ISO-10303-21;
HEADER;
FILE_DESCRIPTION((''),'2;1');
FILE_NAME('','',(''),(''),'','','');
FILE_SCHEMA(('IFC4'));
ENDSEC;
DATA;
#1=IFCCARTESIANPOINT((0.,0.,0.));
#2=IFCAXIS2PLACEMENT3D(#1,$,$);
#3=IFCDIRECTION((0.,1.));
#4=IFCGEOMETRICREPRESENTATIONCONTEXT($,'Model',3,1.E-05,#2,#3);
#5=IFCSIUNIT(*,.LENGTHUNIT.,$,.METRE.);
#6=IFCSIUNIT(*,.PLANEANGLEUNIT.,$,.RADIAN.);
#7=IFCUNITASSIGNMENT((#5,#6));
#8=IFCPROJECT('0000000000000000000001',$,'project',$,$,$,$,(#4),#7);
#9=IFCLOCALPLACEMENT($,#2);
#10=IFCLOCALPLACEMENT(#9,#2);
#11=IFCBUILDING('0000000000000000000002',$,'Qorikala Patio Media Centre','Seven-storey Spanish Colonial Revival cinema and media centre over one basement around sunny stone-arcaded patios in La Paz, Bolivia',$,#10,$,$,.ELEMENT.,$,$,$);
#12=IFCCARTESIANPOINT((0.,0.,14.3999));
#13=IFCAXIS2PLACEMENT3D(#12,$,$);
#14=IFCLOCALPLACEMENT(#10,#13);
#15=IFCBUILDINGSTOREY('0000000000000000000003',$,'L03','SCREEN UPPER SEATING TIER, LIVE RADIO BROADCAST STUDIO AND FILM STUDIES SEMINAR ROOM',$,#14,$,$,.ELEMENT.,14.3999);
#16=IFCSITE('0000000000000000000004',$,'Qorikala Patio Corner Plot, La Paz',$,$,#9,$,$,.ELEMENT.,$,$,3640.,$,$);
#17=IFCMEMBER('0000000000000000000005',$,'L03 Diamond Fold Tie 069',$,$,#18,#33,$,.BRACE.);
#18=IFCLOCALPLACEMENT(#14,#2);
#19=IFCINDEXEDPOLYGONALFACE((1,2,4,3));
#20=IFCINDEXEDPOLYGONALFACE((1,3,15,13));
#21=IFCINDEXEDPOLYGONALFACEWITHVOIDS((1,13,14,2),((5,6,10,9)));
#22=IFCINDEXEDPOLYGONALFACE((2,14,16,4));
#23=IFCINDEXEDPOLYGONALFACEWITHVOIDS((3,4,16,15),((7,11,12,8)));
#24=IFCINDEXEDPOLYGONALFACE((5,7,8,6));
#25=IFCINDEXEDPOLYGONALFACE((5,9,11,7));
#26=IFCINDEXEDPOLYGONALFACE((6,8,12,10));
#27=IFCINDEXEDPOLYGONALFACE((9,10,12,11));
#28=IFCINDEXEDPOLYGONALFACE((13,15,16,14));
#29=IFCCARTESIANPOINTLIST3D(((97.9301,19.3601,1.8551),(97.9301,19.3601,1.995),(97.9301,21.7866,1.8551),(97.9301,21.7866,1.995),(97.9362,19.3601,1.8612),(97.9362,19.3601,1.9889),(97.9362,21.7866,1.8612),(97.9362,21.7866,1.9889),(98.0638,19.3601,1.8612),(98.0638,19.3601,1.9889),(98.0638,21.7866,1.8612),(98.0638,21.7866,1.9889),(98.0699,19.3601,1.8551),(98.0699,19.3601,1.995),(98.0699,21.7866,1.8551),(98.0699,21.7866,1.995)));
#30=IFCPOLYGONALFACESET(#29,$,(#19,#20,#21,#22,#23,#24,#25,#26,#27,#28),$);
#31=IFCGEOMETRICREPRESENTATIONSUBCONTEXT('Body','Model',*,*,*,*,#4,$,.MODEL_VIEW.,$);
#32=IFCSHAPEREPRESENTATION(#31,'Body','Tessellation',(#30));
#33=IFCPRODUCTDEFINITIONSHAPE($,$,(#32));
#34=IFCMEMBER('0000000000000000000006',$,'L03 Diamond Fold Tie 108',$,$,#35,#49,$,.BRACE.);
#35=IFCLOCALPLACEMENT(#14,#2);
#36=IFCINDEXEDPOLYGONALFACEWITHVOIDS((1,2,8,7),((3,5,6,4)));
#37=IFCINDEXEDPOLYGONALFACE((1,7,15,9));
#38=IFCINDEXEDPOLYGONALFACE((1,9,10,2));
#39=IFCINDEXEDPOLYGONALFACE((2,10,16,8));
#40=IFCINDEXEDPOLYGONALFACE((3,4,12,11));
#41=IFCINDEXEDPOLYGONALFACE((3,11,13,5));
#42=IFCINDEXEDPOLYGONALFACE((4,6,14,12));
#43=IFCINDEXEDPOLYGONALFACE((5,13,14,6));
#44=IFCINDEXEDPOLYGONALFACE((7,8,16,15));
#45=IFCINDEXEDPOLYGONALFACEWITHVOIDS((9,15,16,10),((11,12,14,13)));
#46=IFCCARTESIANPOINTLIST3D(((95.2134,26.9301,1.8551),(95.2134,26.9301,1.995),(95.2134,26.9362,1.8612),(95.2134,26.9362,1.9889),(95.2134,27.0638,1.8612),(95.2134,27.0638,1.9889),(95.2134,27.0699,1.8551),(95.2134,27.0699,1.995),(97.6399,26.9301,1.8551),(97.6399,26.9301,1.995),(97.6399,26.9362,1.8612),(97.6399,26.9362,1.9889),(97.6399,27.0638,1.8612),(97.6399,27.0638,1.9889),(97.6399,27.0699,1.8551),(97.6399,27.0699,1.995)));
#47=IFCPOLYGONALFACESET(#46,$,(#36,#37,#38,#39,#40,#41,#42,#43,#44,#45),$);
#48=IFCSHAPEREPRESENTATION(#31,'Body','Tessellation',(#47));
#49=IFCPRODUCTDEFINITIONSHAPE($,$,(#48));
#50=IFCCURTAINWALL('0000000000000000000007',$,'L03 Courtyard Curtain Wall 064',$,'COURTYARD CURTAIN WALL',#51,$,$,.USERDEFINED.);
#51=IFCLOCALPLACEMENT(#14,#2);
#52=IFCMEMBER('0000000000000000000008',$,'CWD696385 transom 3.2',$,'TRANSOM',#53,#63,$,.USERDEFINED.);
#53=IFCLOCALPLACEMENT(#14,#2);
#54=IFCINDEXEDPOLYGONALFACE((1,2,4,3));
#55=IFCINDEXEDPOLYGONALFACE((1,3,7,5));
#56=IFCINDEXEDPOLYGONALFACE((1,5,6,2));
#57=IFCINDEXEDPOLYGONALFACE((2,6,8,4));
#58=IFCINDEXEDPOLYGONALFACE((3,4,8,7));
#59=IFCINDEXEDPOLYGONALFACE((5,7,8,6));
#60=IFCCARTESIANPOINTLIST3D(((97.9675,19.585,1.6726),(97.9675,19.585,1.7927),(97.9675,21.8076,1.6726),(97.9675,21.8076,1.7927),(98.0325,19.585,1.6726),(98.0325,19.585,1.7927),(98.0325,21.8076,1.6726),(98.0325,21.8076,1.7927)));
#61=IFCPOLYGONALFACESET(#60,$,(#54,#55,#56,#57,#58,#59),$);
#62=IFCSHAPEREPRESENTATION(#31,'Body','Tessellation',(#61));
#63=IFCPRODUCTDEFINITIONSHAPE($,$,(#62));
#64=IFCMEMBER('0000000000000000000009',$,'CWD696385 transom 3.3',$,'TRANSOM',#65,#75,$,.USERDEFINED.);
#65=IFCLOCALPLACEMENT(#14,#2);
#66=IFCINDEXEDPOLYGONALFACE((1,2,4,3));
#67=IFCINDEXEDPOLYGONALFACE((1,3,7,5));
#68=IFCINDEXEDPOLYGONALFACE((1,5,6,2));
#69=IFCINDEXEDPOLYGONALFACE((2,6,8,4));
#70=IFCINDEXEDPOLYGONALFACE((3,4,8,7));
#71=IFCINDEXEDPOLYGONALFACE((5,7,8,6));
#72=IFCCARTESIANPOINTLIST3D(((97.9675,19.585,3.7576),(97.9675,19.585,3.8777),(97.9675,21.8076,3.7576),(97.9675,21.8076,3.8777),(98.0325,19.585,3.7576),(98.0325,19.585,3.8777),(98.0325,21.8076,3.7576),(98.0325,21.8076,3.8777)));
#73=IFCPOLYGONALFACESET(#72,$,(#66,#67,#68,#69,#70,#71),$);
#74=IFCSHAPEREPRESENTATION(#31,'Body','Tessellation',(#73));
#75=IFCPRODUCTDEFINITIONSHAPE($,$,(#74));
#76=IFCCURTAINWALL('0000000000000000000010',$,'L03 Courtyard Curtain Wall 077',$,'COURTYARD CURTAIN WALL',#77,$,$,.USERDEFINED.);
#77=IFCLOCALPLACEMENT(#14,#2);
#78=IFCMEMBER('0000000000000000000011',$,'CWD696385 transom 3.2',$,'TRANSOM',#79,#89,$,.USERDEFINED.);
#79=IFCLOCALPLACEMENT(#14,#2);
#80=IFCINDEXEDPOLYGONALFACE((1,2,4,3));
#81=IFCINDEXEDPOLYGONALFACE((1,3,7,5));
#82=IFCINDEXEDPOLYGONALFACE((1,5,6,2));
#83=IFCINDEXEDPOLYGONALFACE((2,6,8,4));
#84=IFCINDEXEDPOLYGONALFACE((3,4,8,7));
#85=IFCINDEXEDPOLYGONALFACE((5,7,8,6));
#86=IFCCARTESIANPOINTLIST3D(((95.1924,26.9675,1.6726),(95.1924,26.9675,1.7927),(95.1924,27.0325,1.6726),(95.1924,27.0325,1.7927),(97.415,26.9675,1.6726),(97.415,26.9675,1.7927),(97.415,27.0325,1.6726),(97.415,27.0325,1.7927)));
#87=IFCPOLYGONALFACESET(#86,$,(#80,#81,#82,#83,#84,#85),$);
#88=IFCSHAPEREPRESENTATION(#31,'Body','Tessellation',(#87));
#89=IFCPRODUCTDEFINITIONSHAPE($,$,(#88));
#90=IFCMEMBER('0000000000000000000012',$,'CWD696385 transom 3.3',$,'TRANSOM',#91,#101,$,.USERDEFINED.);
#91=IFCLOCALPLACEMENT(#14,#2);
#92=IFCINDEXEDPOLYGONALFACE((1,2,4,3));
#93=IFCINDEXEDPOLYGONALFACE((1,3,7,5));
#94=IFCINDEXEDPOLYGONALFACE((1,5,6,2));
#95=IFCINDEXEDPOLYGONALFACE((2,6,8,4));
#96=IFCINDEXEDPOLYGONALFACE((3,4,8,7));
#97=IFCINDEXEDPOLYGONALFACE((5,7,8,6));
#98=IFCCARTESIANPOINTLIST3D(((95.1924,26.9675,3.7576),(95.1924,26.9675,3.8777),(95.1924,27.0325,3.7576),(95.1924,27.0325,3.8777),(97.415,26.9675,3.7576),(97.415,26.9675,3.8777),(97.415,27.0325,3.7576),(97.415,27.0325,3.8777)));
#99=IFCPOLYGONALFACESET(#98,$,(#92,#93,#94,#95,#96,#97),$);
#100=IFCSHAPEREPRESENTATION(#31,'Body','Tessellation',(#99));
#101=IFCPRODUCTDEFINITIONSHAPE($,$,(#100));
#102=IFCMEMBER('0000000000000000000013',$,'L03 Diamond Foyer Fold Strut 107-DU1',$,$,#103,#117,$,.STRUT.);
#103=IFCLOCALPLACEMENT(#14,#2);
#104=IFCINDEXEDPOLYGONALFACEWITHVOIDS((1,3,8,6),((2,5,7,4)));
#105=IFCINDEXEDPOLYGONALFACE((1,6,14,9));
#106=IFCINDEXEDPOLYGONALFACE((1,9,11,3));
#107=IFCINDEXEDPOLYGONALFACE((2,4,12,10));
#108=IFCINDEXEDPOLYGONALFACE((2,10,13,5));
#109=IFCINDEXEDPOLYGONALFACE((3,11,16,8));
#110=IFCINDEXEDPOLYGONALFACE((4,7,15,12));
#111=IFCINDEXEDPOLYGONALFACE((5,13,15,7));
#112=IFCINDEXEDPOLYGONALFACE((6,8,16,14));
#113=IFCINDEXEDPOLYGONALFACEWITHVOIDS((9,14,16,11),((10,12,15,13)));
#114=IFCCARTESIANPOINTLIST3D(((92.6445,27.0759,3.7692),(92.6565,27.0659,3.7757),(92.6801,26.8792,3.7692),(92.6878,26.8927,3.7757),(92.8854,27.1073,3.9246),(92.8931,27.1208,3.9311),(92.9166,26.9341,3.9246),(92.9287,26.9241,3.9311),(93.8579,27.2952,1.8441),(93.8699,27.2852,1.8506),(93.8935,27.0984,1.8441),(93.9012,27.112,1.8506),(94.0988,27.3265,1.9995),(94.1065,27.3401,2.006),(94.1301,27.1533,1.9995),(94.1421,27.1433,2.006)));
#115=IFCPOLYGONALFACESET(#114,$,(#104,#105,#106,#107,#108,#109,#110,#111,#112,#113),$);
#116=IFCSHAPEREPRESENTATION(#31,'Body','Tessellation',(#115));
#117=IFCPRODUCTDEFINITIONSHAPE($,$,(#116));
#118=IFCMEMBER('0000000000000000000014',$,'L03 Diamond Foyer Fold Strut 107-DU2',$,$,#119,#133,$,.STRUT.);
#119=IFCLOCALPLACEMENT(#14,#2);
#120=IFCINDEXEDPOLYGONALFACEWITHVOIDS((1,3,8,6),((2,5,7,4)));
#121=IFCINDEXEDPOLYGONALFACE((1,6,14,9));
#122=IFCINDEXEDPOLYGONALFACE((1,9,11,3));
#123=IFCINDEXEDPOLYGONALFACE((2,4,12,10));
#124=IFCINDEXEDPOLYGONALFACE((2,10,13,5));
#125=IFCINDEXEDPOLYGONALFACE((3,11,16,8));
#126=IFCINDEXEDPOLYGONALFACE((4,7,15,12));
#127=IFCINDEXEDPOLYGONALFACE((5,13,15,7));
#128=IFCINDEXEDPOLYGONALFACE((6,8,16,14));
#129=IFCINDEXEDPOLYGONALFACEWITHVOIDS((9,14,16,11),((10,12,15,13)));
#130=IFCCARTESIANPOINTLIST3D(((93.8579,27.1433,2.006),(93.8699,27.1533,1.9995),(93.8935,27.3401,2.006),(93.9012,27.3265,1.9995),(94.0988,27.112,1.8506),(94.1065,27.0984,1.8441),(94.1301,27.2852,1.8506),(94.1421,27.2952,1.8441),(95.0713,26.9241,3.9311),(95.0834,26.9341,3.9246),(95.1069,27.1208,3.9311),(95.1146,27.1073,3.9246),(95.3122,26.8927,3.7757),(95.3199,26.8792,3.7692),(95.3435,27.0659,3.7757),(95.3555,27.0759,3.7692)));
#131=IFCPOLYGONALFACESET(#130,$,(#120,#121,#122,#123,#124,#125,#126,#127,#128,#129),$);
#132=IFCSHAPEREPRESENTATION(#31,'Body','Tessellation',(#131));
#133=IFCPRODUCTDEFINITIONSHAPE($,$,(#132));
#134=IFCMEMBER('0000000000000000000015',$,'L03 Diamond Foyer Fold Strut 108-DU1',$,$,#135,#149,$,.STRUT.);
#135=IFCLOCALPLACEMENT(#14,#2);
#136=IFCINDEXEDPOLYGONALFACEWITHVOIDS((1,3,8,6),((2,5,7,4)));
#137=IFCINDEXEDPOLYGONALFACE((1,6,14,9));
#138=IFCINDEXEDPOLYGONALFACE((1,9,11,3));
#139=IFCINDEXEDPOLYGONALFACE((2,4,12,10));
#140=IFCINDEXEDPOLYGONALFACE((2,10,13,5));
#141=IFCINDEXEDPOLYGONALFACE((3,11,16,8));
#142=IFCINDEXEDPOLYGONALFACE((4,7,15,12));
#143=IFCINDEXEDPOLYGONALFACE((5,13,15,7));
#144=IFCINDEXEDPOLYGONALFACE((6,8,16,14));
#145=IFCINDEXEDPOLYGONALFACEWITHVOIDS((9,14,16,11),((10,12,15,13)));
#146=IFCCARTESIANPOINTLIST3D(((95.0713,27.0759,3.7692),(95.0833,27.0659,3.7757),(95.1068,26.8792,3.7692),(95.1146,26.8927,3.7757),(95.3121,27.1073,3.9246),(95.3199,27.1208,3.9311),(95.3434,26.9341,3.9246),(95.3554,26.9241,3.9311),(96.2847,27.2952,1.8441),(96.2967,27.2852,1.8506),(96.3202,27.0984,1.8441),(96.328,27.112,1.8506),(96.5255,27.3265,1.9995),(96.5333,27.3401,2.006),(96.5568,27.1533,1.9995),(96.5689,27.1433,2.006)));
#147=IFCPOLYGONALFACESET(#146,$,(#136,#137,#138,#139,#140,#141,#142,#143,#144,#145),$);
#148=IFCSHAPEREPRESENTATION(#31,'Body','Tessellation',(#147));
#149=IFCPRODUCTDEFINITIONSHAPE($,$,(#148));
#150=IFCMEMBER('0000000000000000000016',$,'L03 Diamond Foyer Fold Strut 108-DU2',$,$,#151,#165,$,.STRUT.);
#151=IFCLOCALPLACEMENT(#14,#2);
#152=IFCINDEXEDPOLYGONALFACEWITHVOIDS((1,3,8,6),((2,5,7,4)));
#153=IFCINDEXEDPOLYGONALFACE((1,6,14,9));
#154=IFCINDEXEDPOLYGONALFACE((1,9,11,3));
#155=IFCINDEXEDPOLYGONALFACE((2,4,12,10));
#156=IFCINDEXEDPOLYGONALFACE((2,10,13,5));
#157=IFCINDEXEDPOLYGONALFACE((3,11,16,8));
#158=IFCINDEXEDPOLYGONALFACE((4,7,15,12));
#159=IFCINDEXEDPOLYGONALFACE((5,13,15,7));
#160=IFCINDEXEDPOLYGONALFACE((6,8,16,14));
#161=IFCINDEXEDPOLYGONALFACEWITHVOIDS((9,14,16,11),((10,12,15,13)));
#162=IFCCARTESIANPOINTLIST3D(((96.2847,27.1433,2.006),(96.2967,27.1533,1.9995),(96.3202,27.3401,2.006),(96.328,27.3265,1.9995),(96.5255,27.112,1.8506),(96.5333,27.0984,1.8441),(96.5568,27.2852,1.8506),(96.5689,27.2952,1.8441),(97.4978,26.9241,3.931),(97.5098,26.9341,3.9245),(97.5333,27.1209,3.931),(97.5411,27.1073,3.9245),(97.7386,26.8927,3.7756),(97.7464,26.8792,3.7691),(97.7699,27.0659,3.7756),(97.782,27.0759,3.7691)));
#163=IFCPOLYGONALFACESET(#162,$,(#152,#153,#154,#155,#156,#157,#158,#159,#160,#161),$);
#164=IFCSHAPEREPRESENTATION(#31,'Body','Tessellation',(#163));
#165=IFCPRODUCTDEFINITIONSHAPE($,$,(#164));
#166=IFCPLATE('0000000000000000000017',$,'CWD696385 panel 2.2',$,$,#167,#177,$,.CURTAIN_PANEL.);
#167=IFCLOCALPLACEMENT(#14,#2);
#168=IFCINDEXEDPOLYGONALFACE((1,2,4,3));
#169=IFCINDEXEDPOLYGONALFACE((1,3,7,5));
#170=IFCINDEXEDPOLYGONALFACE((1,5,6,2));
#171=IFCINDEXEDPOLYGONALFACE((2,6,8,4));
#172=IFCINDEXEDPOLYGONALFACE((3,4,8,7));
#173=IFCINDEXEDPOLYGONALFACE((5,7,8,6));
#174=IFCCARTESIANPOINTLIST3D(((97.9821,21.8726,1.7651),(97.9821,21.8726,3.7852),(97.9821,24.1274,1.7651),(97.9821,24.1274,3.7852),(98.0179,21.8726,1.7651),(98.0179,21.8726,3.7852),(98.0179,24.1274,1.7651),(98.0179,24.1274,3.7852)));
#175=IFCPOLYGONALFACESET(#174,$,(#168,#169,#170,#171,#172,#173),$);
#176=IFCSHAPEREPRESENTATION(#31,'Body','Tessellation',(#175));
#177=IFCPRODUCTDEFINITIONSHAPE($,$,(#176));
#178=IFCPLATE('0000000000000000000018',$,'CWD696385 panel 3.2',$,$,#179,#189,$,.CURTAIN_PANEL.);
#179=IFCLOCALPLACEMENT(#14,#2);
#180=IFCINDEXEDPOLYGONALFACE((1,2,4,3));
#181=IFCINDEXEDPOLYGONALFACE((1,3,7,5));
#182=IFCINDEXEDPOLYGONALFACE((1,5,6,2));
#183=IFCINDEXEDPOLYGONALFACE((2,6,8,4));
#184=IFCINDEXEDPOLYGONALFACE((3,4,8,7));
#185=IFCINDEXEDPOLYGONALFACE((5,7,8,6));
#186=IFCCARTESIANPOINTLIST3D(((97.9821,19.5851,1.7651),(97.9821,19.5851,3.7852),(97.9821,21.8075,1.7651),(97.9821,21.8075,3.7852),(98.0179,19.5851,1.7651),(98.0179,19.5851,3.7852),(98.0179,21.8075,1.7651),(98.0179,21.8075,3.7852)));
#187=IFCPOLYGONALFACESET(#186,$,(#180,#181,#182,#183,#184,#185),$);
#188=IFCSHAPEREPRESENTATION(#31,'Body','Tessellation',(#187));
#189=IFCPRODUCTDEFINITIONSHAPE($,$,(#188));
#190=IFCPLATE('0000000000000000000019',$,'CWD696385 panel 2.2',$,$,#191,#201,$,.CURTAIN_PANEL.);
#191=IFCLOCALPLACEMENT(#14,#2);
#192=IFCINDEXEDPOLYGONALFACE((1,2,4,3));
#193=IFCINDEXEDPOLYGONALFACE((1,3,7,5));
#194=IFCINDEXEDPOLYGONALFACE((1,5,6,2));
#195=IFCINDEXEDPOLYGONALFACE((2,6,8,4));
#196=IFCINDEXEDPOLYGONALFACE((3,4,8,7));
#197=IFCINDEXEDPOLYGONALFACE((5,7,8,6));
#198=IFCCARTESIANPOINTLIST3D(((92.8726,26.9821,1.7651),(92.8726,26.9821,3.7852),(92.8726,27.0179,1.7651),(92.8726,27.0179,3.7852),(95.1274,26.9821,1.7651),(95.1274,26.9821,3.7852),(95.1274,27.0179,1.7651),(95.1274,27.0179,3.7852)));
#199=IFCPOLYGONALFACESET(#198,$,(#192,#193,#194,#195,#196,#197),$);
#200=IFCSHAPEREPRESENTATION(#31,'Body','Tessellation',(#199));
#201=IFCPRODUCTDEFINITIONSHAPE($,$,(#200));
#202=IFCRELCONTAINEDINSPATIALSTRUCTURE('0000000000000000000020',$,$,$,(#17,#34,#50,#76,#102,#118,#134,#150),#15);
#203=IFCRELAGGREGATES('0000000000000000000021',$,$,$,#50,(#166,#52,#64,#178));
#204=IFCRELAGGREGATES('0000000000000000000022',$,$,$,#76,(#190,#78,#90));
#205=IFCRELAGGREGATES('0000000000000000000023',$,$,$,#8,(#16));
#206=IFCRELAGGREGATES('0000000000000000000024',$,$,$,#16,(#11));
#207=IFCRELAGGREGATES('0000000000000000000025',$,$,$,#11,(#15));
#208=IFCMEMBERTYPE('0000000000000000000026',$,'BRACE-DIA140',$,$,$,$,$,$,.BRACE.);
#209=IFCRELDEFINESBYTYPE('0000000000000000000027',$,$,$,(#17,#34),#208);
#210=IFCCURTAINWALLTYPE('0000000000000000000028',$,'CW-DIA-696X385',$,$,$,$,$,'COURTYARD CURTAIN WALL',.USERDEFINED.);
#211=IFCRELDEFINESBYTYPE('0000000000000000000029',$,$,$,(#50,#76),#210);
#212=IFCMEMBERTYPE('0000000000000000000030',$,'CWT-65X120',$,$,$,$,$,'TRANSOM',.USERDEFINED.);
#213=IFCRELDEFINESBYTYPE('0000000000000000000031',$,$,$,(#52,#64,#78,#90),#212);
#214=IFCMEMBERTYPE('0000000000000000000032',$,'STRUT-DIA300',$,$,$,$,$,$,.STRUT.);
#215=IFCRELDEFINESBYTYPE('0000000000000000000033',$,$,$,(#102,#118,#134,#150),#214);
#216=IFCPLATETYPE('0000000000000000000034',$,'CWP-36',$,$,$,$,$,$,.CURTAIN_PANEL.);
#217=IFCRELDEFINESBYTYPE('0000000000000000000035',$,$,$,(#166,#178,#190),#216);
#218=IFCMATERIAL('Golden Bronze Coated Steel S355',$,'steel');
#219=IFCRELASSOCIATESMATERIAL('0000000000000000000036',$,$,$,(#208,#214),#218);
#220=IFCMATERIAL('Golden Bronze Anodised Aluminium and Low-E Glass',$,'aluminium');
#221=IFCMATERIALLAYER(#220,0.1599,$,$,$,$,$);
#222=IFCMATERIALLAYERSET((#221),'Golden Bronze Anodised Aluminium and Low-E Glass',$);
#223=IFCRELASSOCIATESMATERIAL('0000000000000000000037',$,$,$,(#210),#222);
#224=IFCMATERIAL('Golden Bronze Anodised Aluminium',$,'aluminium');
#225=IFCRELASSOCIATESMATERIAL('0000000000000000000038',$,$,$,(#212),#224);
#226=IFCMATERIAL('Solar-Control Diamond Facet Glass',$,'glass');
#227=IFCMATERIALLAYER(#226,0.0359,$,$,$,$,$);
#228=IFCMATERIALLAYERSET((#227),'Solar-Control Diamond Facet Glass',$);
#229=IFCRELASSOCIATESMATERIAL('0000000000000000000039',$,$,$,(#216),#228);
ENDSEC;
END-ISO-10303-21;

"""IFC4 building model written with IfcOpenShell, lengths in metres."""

from ifc_helpers import new_model, si_unit, direction, frame, origin, origin_2d, place, context, subcontext, project, spatial, rectangle, hollow_rectangle, extrude, material, layer, layer_set, material_profile, profile_set, type_object, element, aggregate, save


model = new_model("IFC4")

# Units and contexts
model_context = context("Model", 3, precision=1e-05, world=origin(), true_north=direction((0.0, 1.0)))
body_context = subcontext(model_context, "Body", "Model", "MODEL_VIEW")
ifc_project = project(units=[si_unit("LENGTHUNIT", "METRE"), si_unit("PLANEANGLEUNIT", "RADIAN")], contexts=[model_context])

# Site, building, storey
site_placement = place(None, origin())
site = spatial("IfcSite", under=ifc_project, at=site_placement, Name="Qorikala Patio Corner Plot, La Paz", CompositionType="ELEMENT", RefElevation=3640.0)
building_placement = place(site_placement, origin())
building = spatial("IfcBuilding", under=site, at=building_placement, Name="Qorikala Patio Media Centre", Description="Seven-storey Spanish Colonial Revival cinema and media centre over one basement around sunny stone-arcaded patios in La Paz, Bolivia", CompositionType="ELEMENT")
storey_placement = place(building_placement, frame((0.0, 0.0, 14.3999)))
storey = spatial("IfcBuildingStorey", under=building, at=storey_placement, Name="L03", Description="SCREEN UPPER SEATING TIER, LIVE RADIO BROADCAST STUDIO AND FILM STUDIES SEMINAR ROOM", CompositionType="ELEMENT", Elevation=14.3999)

# Members
ifc_material_1 = material(Name="Golden Bronze Coated Steel S355", Category="steel")
ifc_material_profile_1 = material_profile(ifc_material_1, hollow_rectangle(XDim=0.1399, YDim=0.1399, WallThickness=0.0061, at=origin_2d()), Name="HSS140X140X6")
ifc_profile_set_1 = profile_set([ifc_material_profile_1], Name="Golden Bronze Coated Steel S355")
member_type_1 = type_object("IfcMemberType", Name="BRACE-DIA140", PredefinedType="BRACE", material=ifc_profile_set_1)
for number, where, z_axis, x_axis, name in (
    (1, (98.0, 21.7866, 1.925), (0.0, -1.0, 0.0), (1.0, 0.0, 0.0), "L03 Diamond Fold Tie 069"),
    (2, (95.2134, 27.0, 1.925), (1.0, 0.0, 0.0), (0.0, 1.0, 0.0), "L03 Diamond Fold Tie 108"),
):
    element("IfcMember", number, at=place(storey_placement, frame(where, z_axis=z_axis, x_axis=x_axis)), inside=storey, type_object=member_type_1, Name=name, PredefinedType="BRACE", context=body_context, shape_type="SweptSolid", body=[
        extrude(hollow_rectangle(XDim=0.1399, YDim=0.1399, WallThickness=0.0061, at=origin_2d()), origin(), (0.0, 0.0, 1.0), 2.4265),
    ])

# Curtain walls, members
ifc_material_2 = material(Name="Golden Bronze Anodised Aluminium and Low-E Glass", Category="aluminium")
ifc_layer_1 = layer(ifc_material_2, 0.1599)
ifc_layer_set_1 = layer_set([ifc_layer_1], Name="Golden Bronze Anodised Aluminium and Low-E Glass")
curtain_wall_type = type_object("IfcCurtainWallType", Name="CW-DIA-696X385", ElementType="COURTYARD CURTAIN WALL", PredefinedType="USERDEFINED", material=ifc_layer_set_1)
curtain_wall_1_placement = place(storey_placement, origin())
curtain_wall_1 = element("IfcCurtainWall", 3, at=curtain_wall_1_placement, inside=storey, type_object=curtain_wall_type, Name="L03 Courtyard Curtain Wall 064", ObjectType="COURTYARD CURTAIN WALL", PredefinedType="USERDEFINED")
ifc_material_3 = material(Name="Golden Bronze Anodised Aluminium", Category="aluminium")
ifc_material_profile_2 = material_profile(ifc_material_3, rectangle(XDim=0.0649, YDim=0.1201, at=origin_2d()), Name="ALU TRANSOM 65x120")
ifc_profile_set_2 = profile_set([ifc_material_profile_2], Name="Golden Bronze Anodised Aluminium")
member_type_2 = type_object("IfcMemberType", Name="CWT-65X120", ElementType="TRANSOM", PredefinedType="USERDEFINED", material=ifc_profile_set_2)
member_1_placement = place(storey_placement, frame((98.0, 21.8076, 1.7327), z_axis=(0.0, -1.0, 0.0), x_axis=(1.0, 0.0, 0.0)))
member_1 = element("IfcMember", 4, at=member_1_placement, type_object=member_type_2, Name="CWD696385 transom 3.2", ObjectType="TRANSOM", PredefinedType="USERDEFINED", context=body_context, shape_type="SweptSolid", body=[
    extrude(rectangle(XDim=0.0649, YDim=0.1201, at=origin_2d()), origin(), (0.0, 0.0, 1.0), 2.2227),
])
member_2_placement = place(storey_placement, frame((98.0, 21.8076, 3.8176), z_axis=(0.0, -1.0, 0.0), x_axis=(1.0, 0.0, 0.0)))
member_2 = element("IfcMember", 5, at=member_2_placement, type_object=member_type_2, Name="CWD696385 transom 3.3", ObjectType="TRANSOM", PredefinedType="USERDEFINED", context=body_context, shape_type="SweptSolid", body=[
    extrude(rectangle(XDim=0.0649, YDim=0.1201, at=origin_2d()), origin(), (0.0, 0.0, 1.0), 2.2227),
])
curtain_wall_2_placement = place(storey_placement, origin())
curtain_wall_2 = element("IfcCurtainWall", 6, at=curtain_wall_2_placement, inside=storey, type_object=curtain_wall_type, Name="L03 Courtyard Curtain Wall 077", ObjectType="COURTYARD CURTAIN WALL", PredefinedType="USERDEFINED")
member_3_placement = place(storey_placement, frame((95.1924, 27.0, 1.7327), z_axis=(1.0, 0.0, 0.0), x_axis=(0.0, 1.0, 0.0)))
member_3 = element("IfcMember", 7, at=member_3_placement, type_object=member_type_2, Name="CWD696385 transom 3.2", ObjectType="TRANSOM", PredefinedType="USERDEFINED", context=body_context, shape_type="SweptSolid", body=[
    extrude(rectangle(XDim=0.0649, YDim=0.1201, at=origin_2d()), origin(), (0.0, 0.0, 1.0), 2.2227),
])
member_4_placement = place(storey_placement, frame((95.1924, 27.0, 3.8176), z_axis=(1.0, 0.0, 0.0), x_axis=(0.0, 1.0, 0.0)))
member_4 = element("IfcMember", 8, at=member_4_placement, type_object=member_type_2, Name="CWD696385 transom 3.3", ObjectType="TRANSOM", PredefinedType="USERDEFINED", context=body_context, shape_type="SweptSolid", body=[
    extrude(rectangle(XDim=0.0649, YDim=0.1201, at=origin_2d()), origin(), (0.0, 0.0, 1.0), 2.2227),
])

# Members
ifc_material_profile_3 = material_profile(ifc_material_1, hollow_rectangle(XDim=0.2, YDim=0.3, WallThickness=0.012, at=origin_2d()), Name="HSS300X200X12")
ifc_profile_set_3 = profile_set([ifc_material_profile_3], Name="Golden Bronze Coated Steel S355")
member_type_3 = type_object("IfcMemberType", Name="STRUT-DIA300", PredefinedType="STRUT", material=ifc_profile_set_3)
for number, where, z_axis, x_axis, name in (
    (9, (94.0, 27.2192, 1.925), (-0.530768, -0.095901, 0.842074), (0.177805, -0.984066, 0.0), "L03 Diamond Foyer Fold Strut 107-DU1"),
    (10, (94.0, 27.2192, 1.925), (0.530768, -0.095901, 0.842074), (0.177805, 0.984066, 0.0), "L03 Diamond Foyer Fold Strut 107-DU2"),
    (11, (96.4268, 27.2192, 1.925), (-0.530768, -0.095901, 0.842074), (0.177805, -0.984066, 0.0), "L03 Diamond Foyer Fold Strut 108-DU1"),
):
    element("IfcMember", number, at=place(storey_placement, frame(where, z_axis=z_axis, x_axis=x_axis)), inside=storey, type_object=member_type_3, Name=name, PredefinedType="STRUT", context=body_context, shape_type="SweptSolid", body=[
        extrude(hollow_rectangle(XDim=0.2, YDim=0.3, WallThickness=0.012, at=origin_2d()), origin(), (0.0, 0.0, 1.0), 2.2861),
    ])
member_5_placement = place(storey_placement, frame((96.4268, 27.2192, 1.925), z_axis=(0.530691, -0.095907, 0.842121), x_axis=(0.17784, 0.984059, 0.0)))
element("IfcMember", 12, at=member_5_placement, inside=storey, type_object=member_type_3, Name="L03 Diamond Foyer Fold Strut 108-DU2", PredefinedType="STRUT", context=body_context, shape_type="SweptSolid", body=[
    extrude(hollow_rectangle(XDim=0.2, YDim=0.3, WallThickness=0.012, at=origin_2d()), origin(), (0.0, 0.0, 1.0), 2.2859),
])

# Plates
ifc_material_4 = material(Name="Solar-Control Diamond Facet Glass", Category="glass")
ifc_layer_2 = layer(ifc_material_4, 0.0359)
ifc_layer_set_2 = layer_set([ifc_layer_2], Name="Solar-Control Diamond Facet Glass")
plate_type_1 = type_object("IfcPlateType", Name="CWP-36", PredefinedType="CURTAIN_PANEL", material=ifc_layer_set_2)
plate_1_placement = place(storey_placement, frame((98.0, 23.0, 1.7651), z_axis=(0.0, 0.0, 1.0), x_axis=(0.0, -1.0, 0.0)))
plate_1 = element("IfcPlate", 13, at=plate_1_placement, type_object=plate_type_1, Name="CWD696385 panel 2.2", PredefinedType="CURTAIN_PANEL", context=body_context, shape_type="SweptSolid", body=[
    extrude(rectangle(XDim=2.2549, YDim=0.0359, at=origin_2d()), origin(), (0.0, 0.0, 1.0), 2.02),
])
plate_2_placement = place(storey_placement, frame((98.0, 20.6963, 1.7651), z_axis=(0.0, 0.0, 1.0), x_axis=(0.0, -1.0, 0.0)))
plate_2 = element("IfcPlate", 14, at=plate_2_placement, type_object=plate_type_1, Name="CWD696385 panel 3.2", PredefinedType="CURTAIN_PANEL", context=body_context, shape_type="SweptSolid", body=[
    extrude(rectangle(XDim=2.2224, YDim=0.0359, at=origin_2d()), origin(), (0.0, 0.0, 1.0), 2.02),
])
aggregate(curtain_wall_1, [plate_1, member_1, member_2, plate_2])
plate_3_placement = place(storey_placement, frame((94.0, 27.0, 1.7651), z_axis=(0.0, 0.0, 1.0), x_axis=(1.0, 0.0, 0.0)))
plate_3 = element("IfcPlate", 15, at=plate_3_placement, type_object=plate_type_1, Name="CWD696385 panel 2.2", PredefinedType="CURTAIN_PANEL", context=body_context, shape_type="SweptSolid", body=[
    extrude(rectangle(XDim=2.2549, YDim=0.0359, at=origin_2d()), origin(), (0.0, 0.0, 1.0), 2.02),
])
aggregate(curtain_wall_2, [plate_3, member_3, member_4])

save(model, "model.ifc")
